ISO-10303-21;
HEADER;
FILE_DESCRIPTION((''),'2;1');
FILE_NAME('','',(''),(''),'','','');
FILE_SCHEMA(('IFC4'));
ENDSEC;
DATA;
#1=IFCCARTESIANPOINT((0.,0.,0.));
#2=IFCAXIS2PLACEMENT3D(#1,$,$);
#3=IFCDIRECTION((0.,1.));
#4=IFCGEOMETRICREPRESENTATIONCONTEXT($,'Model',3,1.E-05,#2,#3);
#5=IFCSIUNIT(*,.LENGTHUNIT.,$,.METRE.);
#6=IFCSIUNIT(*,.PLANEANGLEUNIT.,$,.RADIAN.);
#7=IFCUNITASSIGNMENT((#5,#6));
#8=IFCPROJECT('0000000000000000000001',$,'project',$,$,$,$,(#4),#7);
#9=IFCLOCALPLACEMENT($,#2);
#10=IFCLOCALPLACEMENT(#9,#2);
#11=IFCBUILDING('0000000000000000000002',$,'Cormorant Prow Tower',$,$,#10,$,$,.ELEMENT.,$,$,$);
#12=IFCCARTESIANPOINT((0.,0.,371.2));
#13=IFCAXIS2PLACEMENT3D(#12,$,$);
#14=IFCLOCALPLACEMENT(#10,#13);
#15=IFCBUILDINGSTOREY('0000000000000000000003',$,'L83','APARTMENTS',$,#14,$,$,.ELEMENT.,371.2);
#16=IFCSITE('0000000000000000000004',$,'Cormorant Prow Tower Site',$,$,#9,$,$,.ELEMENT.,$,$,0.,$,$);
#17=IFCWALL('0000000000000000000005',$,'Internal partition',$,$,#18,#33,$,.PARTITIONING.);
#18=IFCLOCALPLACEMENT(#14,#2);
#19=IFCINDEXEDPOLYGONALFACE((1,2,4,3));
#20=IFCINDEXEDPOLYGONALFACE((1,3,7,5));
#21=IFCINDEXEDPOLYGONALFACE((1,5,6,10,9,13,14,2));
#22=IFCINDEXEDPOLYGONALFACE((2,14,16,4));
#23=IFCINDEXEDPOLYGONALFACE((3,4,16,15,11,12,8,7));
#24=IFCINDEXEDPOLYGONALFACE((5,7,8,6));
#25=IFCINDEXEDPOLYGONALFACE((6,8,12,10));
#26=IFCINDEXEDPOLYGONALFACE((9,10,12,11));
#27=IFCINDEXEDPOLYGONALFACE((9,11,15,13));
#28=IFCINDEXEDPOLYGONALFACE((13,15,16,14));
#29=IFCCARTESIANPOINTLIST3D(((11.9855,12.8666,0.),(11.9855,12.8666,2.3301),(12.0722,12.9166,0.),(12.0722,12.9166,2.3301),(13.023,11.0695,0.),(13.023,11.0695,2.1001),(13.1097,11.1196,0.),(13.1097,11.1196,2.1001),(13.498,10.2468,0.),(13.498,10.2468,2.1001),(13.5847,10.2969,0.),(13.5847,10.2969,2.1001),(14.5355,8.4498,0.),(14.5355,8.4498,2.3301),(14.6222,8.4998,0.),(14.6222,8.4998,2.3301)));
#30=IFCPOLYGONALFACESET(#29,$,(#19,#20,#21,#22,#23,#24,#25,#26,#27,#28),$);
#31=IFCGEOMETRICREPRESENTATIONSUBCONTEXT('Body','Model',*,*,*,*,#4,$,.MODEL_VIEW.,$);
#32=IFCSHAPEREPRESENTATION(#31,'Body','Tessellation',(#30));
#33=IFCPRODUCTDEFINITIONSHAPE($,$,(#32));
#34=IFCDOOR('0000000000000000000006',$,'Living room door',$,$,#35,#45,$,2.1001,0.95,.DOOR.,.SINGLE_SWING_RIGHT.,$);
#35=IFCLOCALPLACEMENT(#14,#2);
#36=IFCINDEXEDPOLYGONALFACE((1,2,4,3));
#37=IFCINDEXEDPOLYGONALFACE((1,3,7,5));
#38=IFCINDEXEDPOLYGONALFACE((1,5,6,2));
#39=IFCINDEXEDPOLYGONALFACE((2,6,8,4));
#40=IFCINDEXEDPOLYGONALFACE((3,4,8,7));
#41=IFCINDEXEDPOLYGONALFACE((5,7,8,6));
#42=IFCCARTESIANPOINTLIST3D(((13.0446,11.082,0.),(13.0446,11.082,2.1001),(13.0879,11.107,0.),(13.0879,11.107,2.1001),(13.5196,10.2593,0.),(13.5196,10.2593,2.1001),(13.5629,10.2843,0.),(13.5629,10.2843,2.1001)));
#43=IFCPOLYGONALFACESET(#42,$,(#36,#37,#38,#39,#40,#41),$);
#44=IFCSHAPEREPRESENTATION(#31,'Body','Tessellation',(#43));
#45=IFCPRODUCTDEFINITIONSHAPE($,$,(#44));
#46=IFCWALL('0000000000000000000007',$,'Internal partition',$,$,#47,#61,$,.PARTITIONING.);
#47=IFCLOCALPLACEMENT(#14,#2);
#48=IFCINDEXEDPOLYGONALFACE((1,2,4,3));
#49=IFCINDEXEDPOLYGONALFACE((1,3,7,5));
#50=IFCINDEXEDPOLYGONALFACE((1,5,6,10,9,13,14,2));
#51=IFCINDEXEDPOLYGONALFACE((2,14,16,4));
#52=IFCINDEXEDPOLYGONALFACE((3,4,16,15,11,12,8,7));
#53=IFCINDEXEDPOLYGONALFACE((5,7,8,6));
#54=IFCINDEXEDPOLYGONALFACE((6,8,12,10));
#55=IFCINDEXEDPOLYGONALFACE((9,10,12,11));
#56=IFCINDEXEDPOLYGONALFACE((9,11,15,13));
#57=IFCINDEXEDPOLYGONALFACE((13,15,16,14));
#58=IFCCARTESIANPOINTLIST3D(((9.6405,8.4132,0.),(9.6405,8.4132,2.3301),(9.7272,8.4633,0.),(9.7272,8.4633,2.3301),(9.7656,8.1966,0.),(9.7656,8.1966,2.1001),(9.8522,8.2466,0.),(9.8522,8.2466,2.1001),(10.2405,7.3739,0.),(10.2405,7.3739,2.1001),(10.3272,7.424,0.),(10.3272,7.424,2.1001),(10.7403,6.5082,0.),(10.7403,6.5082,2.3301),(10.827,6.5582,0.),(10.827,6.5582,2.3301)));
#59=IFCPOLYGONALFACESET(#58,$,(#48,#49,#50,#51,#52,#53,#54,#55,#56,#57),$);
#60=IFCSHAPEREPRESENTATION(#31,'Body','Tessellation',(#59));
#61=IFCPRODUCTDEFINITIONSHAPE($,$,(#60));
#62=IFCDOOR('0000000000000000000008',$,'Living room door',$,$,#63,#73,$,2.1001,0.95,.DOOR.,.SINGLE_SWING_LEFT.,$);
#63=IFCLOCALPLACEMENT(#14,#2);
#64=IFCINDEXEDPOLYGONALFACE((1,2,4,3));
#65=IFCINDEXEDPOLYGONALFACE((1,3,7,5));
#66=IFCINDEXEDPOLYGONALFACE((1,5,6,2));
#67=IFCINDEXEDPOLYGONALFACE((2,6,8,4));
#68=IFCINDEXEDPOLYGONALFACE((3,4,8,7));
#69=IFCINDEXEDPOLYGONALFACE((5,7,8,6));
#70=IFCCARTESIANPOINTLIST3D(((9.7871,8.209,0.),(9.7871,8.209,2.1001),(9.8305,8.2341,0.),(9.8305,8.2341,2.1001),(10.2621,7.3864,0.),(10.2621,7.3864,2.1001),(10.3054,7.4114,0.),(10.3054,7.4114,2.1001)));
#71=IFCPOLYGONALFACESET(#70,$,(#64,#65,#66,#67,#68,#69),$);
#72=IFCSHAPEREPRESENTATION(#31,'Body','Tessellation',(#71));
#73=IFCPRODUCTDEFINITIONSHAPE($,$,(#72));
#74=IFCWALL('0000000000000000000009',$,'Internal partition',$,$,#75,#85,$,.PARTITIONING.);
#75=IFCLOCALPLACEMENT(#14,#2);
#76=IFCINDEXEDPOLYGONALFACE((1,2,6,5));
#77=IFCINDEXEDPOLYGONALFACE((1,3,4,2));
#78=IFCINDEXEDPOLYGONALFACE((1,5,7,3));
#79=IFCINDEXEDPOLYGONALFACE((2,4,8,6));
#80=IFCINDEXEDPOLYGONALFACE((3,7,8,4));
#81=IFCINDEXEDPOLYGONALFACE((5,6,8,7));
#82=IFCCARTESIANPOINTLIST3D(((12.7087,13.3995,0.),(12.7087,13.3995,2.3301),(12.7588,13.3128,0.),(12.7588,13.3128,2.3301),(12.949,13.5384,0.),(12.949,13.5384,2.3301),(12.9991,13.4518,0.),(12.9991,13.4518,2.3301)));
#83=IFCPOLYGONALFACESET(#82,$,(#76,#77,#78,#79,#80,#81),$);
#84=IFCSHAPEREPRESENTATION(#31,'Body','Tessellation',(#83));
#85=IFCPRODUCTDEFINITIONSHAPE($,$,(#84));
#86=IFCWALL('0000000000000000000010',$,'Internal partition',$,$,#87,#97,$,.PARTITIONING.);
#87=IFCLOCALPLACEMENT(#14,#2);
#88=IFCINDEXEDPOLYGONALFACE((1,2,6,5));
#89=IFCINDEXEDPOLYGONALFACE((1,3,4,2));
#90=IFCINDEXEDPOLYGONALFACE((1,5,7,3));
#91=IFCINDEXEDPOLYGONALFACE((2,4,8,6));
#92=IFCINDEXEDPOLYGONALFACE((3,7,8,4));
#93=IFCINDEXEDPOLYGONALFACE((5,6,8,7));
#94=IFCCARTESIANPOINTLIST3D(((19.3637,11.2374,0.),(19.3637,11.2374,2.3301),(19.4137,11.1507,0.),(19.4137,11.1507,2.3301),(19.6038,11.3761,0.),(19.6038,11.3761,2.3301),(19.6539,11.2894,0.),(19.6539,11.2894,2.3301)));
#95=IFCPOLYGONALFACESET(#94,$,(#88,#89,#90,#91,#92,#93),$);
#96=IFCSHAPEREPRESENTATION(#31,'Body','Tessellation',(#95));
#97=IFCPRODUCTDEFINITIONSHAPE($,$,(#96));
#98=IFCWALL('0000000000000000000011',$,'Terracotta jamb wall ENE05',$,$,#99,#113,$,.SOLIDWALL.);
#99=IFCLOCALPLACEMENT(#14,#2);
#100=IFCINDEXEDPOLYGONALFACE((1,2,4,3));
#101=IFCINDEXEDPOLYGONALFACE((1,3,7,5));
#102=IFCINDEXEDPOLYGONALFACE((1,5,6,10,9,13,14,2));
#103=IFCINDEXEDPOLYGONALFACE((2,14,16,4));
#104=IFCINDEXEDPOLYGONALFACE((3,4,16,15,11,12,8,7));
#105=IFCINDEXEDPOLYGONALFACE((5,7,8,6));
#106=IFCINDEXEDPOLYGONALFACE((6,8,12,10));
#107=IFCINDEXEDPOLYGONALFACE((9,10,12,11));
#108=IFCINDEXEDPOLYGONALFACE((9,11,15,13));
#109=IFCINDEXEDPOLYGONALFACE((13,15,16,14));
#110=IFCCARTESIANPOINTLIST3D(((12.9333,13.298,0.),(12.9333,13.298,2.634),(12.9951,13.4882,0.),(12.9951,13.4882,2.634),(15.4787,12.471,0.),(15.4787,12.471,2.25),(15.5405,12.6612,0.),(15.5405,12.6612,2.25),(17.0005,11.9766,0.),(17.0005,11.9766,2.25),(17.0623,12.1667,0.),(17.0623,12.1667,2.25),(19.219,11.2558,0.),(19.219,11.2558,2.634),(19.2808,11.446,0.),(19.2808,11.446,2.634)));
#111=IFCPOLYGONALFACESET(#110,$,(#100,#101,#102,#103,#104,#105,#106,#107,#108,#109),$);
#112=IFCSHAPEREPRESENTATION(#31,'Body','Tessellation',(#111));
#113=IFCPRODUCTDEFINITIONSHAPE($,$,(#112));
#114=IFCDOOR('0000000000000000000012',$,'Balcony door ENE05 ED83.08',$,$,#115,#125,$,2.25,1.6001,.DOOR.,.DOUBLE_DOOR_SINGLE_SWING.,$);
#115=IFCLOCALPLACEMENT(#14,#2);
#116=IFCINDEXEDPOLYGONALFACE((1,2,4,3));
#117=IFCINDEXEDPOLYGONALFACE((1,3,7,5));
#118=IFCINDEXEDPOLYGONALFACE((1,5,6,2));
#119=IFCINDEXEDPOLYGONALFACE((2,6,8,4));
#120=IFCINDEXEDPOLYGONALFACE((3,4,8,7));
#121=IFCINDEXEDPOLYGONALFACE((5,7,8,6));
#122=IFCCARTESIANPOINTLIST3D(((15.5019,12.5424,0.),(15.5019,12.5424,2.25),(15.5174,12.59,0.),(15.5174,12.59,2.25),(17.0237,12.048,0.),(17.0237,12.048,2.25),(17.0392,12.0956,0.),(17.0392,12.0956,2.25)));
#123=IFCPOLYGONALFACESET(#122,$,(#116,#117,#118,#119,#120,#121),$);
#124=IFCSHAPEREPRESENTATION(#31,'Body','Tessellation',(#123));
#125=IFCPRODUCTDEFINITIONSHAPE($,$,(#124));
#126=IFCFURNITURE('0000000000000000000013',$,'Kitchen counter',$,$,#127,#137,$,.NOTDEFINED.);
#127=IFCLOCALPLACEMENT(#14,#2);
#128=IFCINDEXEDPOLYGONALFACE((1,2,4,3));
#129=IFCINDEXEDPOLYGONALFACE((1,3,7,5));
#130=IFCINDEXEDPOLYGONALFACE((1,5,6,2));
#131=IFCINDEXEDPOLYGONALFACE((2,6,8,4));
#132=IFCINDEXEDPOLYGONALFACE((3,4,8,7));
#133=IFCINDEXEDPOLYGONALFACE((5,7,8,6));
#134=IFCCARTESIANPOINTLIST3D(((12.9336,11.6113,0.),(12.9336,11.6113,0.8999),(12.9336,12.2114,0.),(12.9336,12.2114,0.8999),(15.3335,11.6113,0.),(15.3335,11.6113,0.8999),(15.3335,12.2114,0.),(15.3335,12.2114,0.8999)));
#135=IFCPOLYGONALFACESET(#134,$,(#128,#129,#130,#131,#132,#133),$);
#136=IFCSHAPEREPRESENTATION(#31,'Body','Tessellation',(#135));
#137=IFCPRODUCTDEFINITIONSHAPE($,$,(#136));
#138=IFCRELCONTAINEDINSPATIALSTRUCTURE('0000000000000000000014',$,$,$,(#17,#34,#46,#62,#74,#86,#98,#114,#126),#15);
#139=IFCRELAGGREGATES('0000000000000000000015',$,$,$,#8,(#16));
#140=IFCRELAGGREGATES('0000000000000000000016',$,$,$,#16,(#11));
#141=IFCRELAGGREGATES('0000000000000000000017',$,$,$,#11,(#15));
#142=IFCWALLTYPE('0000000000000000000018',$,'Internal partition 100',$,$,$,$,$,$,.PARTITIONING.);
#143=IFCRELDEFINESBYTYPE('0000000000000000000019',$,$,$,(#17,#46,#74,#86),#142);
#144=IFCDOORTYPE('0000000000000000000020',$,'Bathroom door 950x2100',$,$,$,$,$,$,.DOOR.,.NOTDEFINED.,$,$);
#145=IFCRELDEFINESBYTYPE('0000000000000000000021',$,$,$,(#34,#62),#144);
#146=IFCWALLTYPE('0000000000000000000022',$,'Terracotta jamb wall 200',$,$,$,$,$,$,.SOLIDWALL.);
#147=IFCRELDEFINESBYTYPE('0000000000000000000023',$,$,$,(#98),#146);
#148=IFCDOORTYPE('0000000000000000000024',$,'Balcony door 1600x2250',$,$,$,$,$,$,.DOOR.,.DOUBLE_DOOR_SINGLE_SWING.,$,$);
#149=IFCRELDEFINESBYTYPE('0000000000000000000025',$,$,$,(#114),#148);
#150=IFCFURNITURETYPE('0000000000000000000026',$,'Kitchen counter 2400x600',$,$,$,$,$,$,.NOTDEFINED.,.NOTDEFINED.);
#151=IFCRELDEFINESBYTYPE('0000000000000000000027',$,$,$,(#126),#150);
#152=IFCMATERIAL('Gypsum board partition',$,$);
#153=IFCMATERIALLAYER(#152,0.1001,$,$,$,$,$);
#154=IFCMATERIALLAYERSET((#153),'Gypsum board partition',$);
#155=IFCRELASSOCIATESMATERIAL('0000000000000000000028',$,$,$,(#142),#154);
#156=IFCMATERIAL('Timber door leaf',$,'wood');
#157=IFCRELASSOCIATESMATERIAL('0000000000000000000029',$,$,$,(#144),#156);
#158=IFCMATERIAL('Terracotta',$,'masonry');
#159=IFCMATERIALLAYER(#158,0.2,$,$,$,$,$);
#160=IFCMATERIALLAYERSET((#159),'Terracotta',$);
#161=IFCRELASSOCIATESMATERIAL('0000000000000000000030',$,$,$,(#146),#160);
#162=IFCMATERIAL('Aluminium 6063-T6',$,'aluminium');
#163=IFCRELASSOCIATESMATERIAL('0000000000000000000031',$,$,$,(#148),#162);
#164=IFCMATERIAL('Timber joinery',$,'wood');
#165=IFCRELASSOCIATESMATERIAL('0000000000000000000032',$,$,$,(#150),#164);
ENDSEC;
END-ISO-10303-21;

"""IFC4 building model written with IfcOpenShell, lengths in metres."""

from ifc_helpers import new_model, si_unit, direction, frame, frame_2d, origin, origin_2d, place, context, subcontext, project, spatial, rectangle, extrude, material, layer, layer_set, type_object, element, fill, save


model = new_model("IFC4")

# Units and contexts
model_context = context("Model", 3, precision=1e-05, world=origin(), true_north=direction((0.0, 1.0)))
body_context = subcontext(model_context, "Body", "Model", "MODEL_VIEW")
ifc_project = project(units=[si_unit("LENGTHUNIT", "METRE"), si_unit("PLANEANGLEUNIT", "RADIAN")], contexts=[model_context])

# Site, building, storey
site_placement = place(None, origin())
site = spatial("IfcSite", under=ifc_project, at=site_placement, Name="Cormorant Prow Tower Site", CompositionType="ELEMENT", RefElevation=0.0)
building_placement = place(site_placement, origin())
building = spatial("IfcBuilding", under=site, at=building_placement, Name="Cormorant Prow Tower", CompositionType="ELEMENT")
storey_placement = place(building_placement, frame((0.0, 0.0, 371.2)))
storey = spatial("IfcBuildingStorey", under=building, at=storey_placement, Name="L83", Description="APARTMENTS", CompositionType="ELEMENT", Elevation=371.2)

# Walls, openings, doors
ifc_material_1 = material(Name="Gypsum board partition")
ifc_layer_1 = layer(ifc_material_1, 0.1001)
ifc_layer_set_1 = layer_set([ifc_layer_1], Name="Gypsum board partition")
wall_type_1 = type_object("IfcWallType", Name="Internal partition 100", PredefinedType="PARTITIONING", material=ifc_layer_set_1)
ifc_material_2 = material(Name="Timber door leaf", Category="wood")
door_type_1 = type_object("IfcDoorType", Name="Bathroom door 950x2100", OperationType="NOTDEFINED", PredefinedType="DOOR", material=ifc_material_2)
wall_1_placement = place(storey_placement, frame((12.0288, 12.8916, 0.0), z_axis=(0.0, 0.0, 1.0), x_axis=(0.500006, -0.866022, 0.0)))
wall_1 = element("IfcWall", 1, at=wall_1_placement, inside=storey, type_object=wall_type_1, Name="Internal partition", PredefinedType="PARTITIONING", context=body_context, shape_type="SweptSolid", body=[
    extrude(rectangle(XDim=5.1001, YDim=0.1001, at=frame_2d((2.55, 0.0))), origin(), (0.0, 0.0, 1.0), 2.3301),
])
opening_1_placement = place(wall_1_placement, frame((2.075, 0.0, 0.0)))
opening_1 = element("IfcOpeningElement", 2, at=opening_1_placement, cuts=wall_1, PredefinedType="OPENING", context=body_context, shape_type="SweptSolid", body=[
    extrude(rectangle(XDim=0.95, YDim=2.1001, at=frame_2d((0.4751, 1.05))), frame((0.0, 0.0601, 0.0), z_axis=(0.0, -1.0, 0.0), x_axis=(1.0, 0.0, 0.0)), (0.0, 0.0, 1.0), 0.1201),
])
door_1_placement = place(opening_1_placement, origin())
door_1 = element("IfcDoor", 3, at=door_1_placement, inside=storey, type_object=door_type_1, Name="Living room door", OperationType="SINGLE_SWING_RIGHT", OverallHeight=2.1001, OverallWidth=0.95, PredefinedType="DOOR", context=body_context, shape_type="SweptSolid", body=[
    extrude(rectangle(XDim=0.95, YDim=2.1001, at=frame_2d((0.4751, 1.05))), frame((0.0, 0.0249, 0.0), z_axis=(0.0, -1.0, 0.0), x_axis=(1.0, 0.0, 0.0)), (0.0, 0.0, 1.0), 0.05),
])
fill(opening_1, door_1)
wall_2_placement = place(storey_placement, frame((9.6838, 8.4382, 0.0), z_axis=(0.0, 0.0, 1.0), x_axis=(0.499995, -0.866028, 0.0)))
wall_2 = element("IfcWall", 4, at=wall_2_placement, inside=storey, type_object=wall_type_1, Name="Internal partition", PredefinedType="PARTITIONING", context=body_context, shape_type="SweptSolid", body=[
    extrude(rectangle(XDim=2.1997, YDim=0.1001, at=frame_2d((1.0999, 0.0))), origin(), (0.0, 0.0, 1.0), 2.3301),
])
opening_2_placement = place(wall_2_placement, frame((0.25, 0.0, 0.0)))
opening_2 = element("IfcOpeningElement", 5, at=opening_2_placement, cuts=wall_2, PredefinedType="OPENING", context=body_context, shape_type="SweptSolid", body=[
    extrude(rectangle(XDim=0.95, YDim=2.1001, at=frame_2d((0.4751, 1.05))), frame((0.0, 0.0601, 0.0), z_axis=(0.0, -1.0, 0.0), x_axis=(1.0, 0.0, 0.0)), (0.0, 0.0, 1.0), 0.1201),
])
door_2_placement = place(opening_2_placement, origin())
door_2 = element("IfcDoor", 6, at=door_2_placement, inside=storey, type_object=door_type_1, Name="Living room door", OperationType="SINGLE_SWING_LEFT", OverallHeight=2.1001, OverallWidth=0.95, PredefinedType="DOOR", context=body_context, shape_type="SweptSolid", body=[
    extrude(rectangle(XDim=0.95, YDim=2.1001, at=frame_2d((0.4751, 1.05))), frame((0.0, 0.0249, 0.0), z_axis=(0.0, -1.0, 0.0), x_axis=(1.0, 0.0, 0.0)), (0.0, 0.0, 1.0), 0.05),
])
fill(opening_2, door_2)

# Walls
wall_3_placement = place(storey_placement, frame((12.7339, 13.3562, 0.0), z_axis=(0.0, 0.0, 1.0), x_axis=(0.865687, 0.500585, 0.0)))
element("IfcWall", 7, at=wall_3_placement, inside=storey, type_object=wall_type_1, Name="Internal partition", PredefinedType="PARTITIONING", context=body_context, shape_type="SweptSolid", body=[
    extrude(rectangle(XDim=0.2776, YDim=0.1001, at=frame_2d((0.1387, 0.0))), origin(), (0.0, 0.0, 1.0), 2.3301),
])
wall_4_placement = place(storey_placement, frame((19.3887, 11.1941, 0.0), z_axis=(0.0, 0.0, 1.0), x_axis=(0.866068, 0.499926, 0.0)))
element("IfcWall", 8, at=wall_4_placement, inside=storey, type_object=wall_type_1, Name="Internal partition", PredefinedType="PARTITIONING", context=body_context, shape_type="SweptSolid", body=[
    extrude(rectangle(XDim=0.2773, YDim=0.1001, at=frame_2d((0.1387, 0.0))), origin(), (0.0, 0.0, 1.0), 2.3301),
])

# Wall, opening, door
ifc_material_3 = material(Name="Terracotta", Category="masonry")
ifc_layer_2 = layer(ifc_material_3, 0.2)
ifc_layer_set_2 = layer_set([ifc_layer_2], Name="Terracotta")
wall_type_2 = type_object("IfcWallType", Name="Terracotta jamb wall 200", PredefinedType="SOLIDWALL", material=ifc_layer_set_2)
wall_5_placement = place(storey_placement, frame((19.25, 11.3508, 0.0), z_axis=(0.0, 0.0, 1.0), x_axis=(-0.951061, 0.309004, 0.0)))
wall_5 = element("IfcWall", 9, at=wall_5_placement, inside=storey, type_object=wall_type_2, Name="Terracotta jamb wall ENE05", PredefinedType="SOLIDWALL", context=body_context, shape_type="SweptSolid", body=[
    extrude(rectangle(XDim=6.6091, YDim=0.2, at=frame_2d((3.3047, 0.0))), origin(), (0.0, 0.0, 1.0), 2.634),
])
opening_3_placement = place(wall_5_placement, frame((2.3328, 0.0, 0.0)))
opening_3 = element("IfcOpeningElement", 10, at=opening_3_placement, cuts=wall_5, PredefinedType="OPENING", context=body_context, shape_type="SweptSolid", body=[
    extrude(rectangle(XDim=1.6001, YDim=2.25, at=frame_2d((0.8, 1.125))), frame((0.0, 0.1099, 0.0), z_axis=(0.0, -1.0, 0.0), x_axis=(1.0, 0.0, 0.0)), (0.0, 0.0, 1.0), 0.22),
])
ifc_material_4 = material(Name="Aluminium 6063-T6", Category="aluminium")
door_type_2 = type_object("IfcDoorType", Name="Balcony door 1600x2250", OperationType="DOUBLE_DOOR_SINGLE_SWING", PredefinedType="DOOR", material=ifc_material_4)
door_3_placement = place(opening_3_placement, origin())
door_3 = element("IfcDoor", 11, at=door_3_placement, inside=storey, type_object=door_type_2, Name="Balcony door ENE05 ED83.08", OperationType="DOUBLE_DOOR_SINGLE_SWING", OverallHeight=2.25, OverallWidth=1.6001, PredefinedType="DOOR", context=body_context, shape_type="SweptSolid", body=[
    extrude(rectangle(XDim=1.6001, YDim=2.25, at=frame_2d((0.8, 1.125))), frame((0.0, 0.0249, 0.0), z_axis=(0.0, -1.0, 0.0), x_axis=(1.0, 0.0, 0.0)), (0.0, 0.0, 1.0), 0.05),
])
fill(opening_3, door_3)

# Furniture
ifc_material_5 = material(Name="Timber joinery", Category="wood")
furniture_type = type_object("IfcFurnitureType", Name="Kitchen counter 2400x600", AssemblyPlace="NOTDEFINED", PredefinedType="NOTDEFINED", material=ifc_material_5)
furniture_placement = place(storey_placement, frame((14.1335, 11.9114, 0.0), z_axis=(0.0, 0.0, 1.0), x_axis=(1.0, 0.0, 0.0)))
element("IfcFurniture", 12, at=furniture_placement, inside=storey, type_object=furniture_type, Name="Kitchen counter", PredefinedType="NOTDEFINED", context=body_context, shape_type="SweptSolid", body=[
    extrude(rectangle(XDim=2.3999, YDim=0.6001, at=origin_2d()), origin(), (0.0, 0.0, 1.0), 0.8999),
])

save(model, "model.ifc")
